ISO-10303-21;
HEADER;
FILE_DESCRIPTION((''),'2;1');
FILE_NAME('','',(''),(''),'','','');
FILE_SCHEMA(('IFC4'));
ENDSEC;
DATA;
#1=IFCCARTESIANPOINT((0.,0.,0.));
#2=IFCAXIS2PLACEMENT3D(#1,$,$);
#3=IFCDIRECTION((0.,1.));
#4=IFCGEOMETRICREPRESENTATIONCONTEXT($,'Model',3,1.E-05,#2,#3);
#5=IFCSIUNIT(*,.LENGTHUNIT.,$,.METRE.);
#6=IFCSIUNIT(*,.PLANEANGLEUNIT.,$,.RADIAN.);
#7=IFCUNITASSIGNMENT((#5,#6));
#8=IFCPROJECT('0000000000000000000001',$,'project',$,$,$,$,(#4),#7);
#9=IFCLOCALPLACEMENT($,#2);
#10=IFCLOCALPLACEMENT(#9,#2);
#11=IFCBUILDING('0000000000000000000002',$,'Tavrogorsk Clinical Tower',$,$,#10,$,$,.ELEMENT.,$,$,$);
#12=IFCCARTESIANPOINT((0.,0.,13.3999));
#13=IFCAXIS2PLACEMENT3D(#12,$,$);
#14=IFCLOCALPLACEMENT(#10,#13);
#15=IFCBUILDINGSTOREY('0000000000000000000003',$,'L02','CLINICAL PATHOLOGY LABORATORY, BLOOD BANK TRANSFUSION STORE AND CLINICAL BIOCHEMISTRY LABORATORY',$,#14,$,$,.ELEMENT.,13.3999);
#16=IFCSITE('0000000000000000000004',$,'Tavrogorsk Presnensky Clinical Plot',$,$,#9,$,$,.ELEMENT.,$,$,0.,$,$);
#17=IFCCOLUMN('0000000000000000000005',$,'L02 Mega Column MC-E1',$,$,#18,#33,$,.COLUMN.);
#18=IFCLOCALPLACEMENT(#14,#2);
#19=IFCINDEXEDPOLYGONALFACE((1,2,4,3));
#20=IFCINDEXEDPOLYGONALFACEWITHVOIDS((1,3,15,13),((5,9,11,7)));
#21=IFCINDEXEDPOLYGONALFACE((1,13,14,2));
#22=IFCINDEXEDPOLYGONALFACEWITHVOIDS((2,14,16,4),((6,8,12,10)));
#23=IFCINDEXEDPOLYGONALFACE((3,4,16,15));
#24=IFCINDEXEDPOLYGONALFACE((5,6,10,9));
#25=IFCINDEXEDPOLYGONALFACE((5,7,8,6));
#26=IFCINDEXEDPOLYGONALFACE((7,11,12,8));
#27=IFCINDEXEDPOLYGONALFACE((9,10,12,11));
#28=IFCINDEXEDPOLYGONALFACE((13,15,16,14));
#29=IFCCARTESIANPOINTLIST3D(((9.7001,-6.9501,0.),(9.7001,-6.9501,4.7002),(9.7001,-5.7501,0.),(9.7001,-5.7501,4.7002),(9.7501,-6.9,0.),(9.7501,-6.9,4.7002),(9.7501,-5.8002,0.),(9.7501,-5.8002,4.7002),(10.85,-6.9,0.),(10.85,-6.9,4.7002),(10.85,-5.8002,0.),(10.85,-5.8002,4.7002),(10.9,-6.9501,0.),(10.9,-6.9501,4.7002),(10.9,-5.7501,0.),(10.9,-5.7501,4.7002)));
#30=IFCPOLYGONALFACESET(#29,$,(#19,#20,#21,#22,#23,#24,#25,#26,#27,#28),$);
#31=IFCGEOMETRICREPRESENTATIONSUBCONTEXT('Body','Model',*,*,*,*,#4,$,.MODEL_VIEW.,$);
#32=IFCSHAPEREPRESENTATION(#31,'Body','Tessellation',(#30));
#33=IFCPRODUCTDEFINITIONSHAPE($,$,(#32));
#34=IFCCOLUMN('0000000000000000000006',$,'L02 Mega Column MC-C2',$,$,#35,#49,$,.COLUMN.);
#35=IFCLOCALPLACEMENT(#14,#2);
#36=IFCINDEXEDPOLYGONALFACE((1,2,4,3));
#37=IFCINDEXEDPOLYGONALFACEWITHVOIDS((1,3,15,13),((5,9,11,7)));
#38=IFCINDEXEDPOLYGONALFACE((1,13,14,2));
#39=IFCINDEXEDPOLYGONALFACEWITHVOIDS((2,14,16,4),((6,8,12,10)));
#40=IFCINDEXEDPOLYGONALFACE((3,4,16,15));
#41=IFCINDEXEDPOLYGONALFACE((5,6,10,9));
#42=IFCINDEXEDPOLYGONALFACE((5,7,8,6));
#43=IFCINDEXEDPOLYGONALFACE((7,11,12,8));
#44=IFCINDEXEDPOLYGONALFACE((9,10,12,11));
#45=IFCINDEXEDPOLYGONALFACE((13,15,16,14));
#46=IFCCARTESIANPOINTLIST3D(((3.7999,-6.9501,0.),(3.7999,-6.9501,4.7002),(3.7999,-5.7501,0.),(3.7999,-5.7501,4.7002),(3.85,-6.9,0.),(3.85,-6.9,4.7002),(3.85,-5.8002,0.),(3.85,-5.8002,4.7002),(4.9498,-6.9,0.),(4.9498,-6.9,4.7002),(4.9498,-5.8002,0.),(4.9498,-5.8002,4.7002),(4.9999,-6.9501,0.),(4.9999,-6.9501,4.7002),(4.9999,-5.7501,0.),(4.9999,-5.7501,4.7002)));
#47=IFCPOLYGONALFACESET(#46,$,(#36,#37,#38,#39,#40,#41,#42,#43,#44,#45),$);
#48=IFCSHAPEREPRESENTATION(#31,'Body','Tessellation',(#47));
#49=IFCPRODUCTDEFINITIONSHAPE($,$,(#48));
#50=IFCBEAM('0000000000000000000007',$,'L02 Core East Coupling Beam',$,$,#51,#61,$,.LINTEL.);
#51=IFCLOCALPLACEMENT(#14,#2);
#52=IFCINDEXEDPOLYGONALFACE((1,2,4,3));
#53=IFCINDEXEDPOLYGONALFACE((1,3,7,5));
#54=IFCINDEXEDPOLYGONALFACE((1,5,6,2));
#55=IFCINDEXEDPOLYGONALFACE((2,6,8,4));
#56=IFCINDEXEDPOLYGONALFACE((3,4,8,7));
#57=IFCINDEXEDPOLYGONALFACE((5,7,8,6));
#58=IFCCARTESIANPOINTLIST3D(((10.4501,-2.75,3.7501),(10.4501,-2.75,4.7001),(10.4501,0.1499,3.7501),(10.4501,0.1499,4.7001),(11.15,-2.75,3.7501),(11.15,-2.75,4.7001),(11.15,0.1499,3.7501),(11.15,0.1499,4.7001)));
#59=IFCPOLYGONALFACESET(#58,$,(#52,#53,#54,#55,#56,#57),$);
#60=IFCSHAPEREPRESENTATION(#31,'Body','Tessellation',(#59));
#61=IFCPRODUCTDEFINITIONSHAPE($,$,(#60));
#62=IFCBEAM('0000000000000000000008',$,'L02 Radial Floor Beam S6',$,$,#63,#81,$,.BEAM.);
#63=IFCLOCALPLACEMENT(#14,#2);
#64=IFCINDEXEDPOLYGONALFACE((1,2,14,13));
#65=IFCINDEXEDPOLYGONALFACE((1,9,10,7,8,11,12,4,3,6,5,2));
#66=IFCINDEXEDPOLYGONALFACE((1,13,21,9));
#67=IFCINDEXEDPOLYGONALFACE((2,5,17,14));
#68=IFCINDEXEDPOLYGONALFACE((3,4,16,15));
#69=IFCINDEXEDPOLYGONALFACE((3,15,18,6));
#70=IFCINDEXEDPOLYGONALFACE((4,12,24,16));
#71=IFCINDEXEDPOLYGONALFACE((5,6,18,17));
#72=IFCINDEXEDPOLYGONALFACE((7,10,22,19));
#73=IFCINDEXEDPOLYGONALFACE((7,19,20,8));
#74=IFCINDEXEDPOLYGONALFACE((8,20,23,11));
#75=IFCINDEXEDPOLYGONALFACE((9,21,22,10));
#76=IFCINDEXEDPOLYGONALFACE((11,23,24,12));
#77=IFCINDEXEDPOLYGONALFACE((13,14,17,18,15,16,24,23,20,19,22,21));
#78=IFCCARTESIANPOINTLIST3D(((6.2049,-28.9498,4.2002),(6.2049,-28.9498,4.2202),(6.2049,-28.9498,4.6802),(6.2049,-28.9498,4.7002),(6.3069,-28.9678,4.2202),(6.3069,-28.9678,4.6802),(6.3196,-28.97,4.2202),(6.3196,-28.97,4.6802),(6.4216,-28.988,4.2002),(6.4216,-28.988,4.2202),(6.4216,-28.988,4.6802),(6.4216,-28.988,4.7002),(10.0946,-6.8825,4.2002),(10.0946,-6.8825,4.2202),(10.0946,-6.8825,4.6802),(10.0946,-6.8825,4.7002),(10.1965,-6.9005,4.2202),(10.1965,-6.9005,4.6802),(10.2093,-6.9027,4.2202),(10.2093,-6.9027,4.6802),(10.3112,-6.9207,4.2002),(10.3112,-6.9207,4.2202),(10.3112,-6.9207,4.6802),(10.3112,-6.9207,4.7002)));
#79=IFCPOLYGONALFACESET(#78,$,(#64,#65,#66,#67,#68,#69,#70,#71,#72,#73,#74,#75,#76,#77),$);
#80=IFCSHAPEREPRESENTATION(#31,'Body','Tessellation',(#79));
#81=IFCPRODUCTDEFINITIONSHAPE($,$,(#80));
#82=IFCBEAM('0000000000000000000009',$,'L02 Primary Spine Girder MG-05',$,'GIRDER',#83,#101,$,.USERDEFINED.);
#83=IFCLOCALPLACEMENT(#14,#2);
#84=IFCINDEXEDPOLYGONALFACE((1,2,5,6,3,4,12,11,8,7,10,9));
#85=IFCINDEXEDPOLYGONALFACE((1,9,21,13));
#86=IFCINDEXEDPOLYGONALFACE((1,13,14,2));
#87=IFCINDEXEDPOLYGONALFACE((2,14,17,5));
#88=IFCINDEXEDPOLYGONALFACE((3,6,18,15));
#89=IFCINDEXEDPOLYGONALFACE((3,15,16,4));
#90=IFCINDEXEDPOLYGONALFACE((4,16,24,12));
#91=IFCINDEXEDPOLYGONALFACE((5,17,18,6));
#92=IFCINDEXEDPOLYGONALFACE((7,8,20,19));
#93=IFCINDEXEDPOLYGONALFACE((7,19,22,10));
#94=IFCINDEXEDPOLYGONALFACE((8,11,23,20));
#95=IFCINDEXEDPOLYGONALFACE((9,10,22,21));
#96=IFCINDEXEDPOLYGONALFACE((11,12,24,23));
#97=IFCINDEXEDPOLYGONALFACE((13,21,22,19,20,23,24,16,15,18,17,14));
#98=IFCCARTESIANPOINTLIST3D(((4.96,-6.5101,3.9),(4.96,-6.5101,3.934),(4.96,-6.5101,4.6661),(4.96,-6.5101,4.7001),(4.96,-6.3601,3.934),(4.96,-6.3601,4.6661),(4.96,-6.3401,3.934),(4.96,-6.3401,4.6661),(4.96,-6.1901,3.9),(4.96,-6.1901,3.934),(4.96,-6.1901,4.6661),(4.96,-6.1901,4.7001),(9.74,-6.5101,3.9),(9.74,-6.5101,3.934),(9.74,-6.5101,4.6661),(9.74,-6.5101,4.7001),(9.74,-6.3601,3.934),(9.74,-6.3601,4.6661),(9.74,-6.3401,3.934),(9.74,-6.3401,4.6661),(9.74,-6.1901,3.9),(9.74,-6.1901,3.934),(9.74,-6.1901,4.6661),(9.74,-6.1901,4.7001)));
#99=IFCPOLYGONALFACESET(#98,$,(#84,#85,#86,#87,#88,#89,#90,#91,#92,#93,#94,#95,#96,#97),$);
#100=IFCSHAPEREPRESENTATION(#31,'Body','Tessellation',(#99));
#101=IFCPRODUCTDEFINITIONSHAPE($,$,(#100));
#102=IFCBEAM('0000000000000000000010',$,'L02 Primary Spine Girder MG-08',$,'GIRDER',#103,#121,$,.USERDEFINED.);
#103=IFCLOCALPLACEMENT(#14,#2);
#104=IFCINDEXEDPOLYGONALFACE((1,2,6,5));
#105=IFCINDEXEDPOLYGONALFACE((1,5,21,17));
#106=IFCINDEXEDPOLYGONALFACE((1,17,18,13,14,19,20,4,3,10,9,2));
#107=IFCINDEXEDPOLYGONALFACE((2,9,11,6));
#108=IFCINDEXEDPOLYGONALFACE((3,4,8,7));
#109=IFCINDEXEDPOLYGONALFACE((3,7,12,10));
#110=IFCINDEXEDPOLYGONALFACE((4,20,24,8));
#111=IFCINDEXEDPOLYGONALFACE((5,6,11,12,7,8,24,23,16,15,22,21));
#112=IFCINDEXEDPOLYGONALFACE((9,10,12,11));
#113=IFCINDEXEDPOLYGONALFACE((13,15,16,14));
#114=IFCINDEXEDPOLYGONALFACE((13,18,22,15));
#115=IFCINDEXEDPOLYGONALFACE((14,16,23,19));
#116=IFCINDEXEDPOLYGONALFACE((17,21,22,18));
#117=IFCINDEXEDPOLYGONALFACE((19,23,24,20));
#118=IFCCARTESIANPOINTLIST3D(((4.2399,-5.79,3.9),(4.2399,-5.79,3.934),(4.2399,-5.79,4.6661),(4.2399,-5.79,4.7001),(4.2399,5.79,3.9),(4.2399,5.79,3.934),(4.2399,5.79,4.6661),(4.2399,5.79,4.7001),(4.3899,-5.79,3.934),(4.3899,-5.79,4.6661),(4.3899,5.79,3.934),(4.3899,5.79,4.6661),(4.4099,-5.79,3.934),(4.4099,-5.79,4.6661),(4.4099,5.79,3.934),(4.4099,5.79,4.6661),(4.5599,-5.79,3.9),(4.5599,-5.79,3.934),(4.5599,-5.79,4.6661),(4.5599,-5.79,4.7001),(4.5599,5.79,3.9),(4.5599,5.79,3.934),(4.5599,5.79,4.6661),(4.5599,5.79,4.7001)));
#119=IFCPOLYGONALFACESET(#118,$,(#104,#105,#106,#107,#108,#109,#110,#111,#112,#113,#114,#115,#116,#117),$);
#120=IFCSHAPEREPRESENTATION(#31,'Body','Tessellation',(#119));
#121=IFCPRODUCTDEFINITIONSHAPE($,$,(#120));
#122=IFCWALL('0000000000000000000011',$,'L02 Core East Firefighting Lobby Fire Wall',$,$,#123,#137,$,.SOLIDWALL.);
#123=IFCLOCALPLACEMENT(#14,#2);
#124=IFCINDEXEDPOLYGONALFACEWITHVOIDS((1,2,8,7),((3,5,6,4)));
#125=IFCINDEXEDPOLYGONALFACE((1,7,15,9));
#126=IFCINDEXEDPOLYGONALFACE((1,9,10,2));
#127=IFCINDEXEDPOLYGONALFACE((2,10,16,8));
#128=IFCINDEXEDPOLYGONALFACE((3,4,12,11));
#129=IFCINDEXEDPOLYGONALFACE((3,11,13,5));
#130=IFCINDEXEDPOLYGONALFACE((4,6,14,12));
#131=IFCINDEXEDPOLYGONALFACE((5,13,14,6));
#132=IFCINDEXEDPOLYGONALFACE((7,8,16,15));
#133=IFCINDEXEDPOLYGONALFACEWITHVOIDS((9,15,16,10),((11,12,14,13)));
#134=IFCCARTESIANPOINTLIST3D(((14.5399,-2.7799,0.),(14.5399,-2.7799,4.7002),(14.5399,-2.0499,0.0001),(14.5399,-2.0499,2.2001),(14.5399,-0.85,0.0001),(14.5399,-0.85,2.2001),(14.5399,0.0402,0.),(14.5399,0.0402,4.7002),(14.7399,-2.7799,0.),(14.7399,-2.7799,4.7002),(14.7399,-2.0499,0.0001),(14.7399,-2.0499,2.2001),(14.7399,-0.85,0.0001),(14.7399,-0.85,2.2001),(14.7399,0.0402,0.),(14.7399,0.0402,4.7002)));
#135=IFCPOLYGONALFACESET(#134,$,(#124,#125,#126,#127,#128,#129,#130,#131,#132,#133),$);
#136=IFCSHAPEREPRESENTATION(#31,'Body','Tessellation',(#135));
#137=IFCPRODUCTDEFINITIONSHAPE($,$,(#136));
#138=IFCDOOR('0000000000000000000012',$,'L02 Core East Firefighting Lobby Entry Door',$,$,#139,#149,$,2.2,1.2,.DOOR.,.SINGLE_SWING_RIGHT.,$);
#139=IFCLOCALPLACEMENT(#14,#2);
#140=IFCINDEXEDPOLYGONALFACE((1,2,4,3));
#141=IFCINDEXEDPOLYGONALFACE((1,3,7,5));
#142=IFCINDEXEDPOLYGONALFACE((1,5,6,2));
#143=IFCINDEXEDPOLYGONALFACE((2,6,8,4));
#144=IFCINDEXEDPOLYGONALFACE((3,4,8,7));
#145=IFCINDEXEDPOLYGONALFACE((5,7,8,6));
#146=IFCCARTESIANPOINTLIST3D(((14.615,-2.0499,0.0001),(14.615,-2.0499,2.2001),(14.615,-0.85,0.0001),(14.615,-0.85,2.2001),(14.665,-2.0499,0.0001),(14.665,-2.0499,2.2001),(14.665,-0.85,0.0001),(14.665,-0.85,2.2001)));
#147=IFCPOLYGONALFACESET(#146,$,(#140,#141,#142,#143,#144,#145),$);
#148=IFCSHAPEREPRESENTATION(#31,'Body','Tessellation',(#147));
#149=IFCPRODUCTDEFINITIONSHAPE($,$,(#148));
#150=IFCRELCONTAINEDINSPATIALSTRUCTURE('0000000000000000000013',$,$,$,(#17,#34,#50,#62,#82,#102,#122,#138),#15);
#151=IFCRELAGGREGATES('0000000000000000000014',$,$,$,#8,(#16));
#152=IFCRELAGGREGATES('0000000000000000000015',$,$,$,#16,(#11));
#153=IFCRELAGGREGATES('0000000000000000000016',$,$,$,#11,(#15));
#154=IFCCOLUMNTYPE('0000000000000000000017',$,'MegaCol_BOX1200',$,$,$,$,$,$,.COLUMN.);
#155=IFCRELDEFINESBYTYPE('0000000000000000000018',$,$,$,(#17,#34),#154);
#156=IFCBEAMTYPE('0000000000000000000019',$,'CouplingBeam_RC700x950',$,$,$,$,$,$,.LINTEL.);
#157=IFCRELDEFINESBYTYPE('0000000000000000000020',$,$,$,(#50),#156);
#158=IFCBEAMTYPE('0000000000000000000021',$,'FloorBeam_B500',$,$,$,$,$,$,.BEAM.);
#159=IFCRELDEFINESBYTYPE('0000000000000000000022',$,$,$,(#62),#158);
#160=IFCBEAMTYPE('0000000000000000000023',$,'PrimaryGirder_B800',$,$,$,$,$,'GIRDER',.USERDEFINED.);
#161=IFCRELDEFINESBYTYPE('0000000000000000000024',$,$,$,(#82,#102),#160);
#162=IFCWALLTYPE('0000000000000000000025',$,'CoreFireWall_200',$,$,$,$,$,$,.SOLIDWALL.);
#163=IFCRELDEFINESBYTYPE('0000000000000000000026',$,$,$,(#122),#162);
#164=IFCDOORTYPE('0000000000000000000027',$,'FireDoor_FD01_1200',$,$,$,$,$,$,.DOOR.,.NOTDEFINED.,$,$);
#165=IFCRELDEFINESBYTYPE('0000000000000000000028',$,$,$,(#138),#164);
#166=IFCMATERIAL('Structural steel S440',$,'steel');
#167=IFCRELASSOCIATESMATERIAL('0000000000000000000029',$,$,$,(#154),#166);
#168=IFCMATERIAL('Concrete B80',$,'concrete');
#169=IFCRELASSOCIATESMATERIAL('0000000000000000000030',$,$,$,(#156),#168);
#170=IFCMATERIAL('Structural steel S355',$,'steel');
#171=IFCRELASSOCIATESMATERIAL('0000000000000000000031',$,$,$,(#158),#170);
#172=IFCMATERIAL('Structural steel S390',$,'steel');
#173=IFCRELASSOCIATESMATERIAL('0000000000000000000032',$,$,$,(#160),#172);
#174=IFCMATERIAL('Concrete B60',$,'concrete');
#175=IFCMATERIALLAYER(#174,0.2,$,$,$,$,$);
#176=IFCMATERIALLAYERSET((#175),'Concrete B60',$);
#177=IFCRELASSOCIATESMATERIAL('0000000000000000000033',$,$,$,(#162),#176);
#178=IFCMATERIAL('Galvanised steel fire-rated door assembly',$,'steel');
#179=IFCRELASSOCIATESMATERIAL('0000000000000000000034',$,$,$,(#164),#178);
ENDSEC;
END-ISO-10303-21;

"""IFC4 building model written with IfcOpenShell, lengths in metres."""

from ifc_helpers import new_model, si_unit, direction, frame, frame_2d, origin, origin_2d, place, context, subcontext, project, spatial, rectangle, hollow_rectangle, i_section, extrude, material, layer, layer_set, material_profile, profile_set, type_object, element, fill, save


model = new_model("IFC4")

# Units and contexts
model_context = context("Model", 3, precision=1e-05, world=origin(), true_north=direction((0.0, 1.0)))
body_context = subcontext(model_context, "Body", "Model", "MODEL_VIEW")
ifc_project = project(units=[si_unit("LENGTHUNIT", "METRE"), si_unit("PLANEANGLEUNIT", "RADIAN")], contexts=[model_context])

# Site, building, storey
site_placement = place(None, origin())
site = spatial("IfcSite", under=ifc_project, at=site_placement, Name="Tavrogorsk Presnensky Clinical Plot", CompositionType="ELEMENT", RefElevation=0.0)
building_placement = place(site_placement, origin())
building = spatial("IfcBuilding", under=site, at=building_placement, Name="Tavrogorsk Clinical Tower", CompositionType="ELEMENT")
storey_placement = place(building_placement, frame((0.0, 0.0, 13.3999)))
storey = spatial("IfcBuildingStorey", under=building, at=storey_placement, Name="L02", Description="CLINICAL PATHOLOGY LABORATORY, BLOOD BANK TRANSFUSION STORE AND CLINICAL BIOCHEMISTRY LABORATORY", CompositionType="ELEMENT", Elevation=13.3999)

# Columns
ifc_material_1 = material(Name="Structural steel S440", Category="steel")
ifc_material_profile_1 = material_profile(ifc_material_1, hollow_rectangle(XDim=1.2, YDim=1.2, WallThickness=0.05, at=origin_2d()), Name="BOX-1200x1200x50")
ifc_profile_set_1 = profile_set([ifc_material_profile_1], Name="Structural steel S440")
column_type = type_object("IfcColumnType", Name="MegaCol_BOX1200", PredefinedType="COLUMN", material=ifc_profile_set_1)
for number, where, z_axis, x_axis, name in (
    (1, (10.3, -6.3501, 0.0), (0.0, 0.0, 1.0), (1.0, 0.0, 0.0), "L02 Mega Column MC-E1"),
    (2, (4.3999, -6.3501, 0.0), (0.0, 0.0, 1.0), (1.0, 0.0, 0.0), "L02 Mega Column MC-C2"),
):
    element("IfcColumn", number, at=place(storey_placement, frame(where, z_axis=z_axis, x_axis=x_axis)), inside=storey, type_object=column_type, Name=name, PredefinedType="COLUMN", context=body_context, shape_type="SweptSolid", body=[
        extrude(hollow_rectangle(XDim=1.2, YDim=1.2, WallThickness=0.05, at=origin_2d()), origin(), (0.0, 0.0, 1.0), 4.7002),
    ])

# Beams
ifc_material_2 = material(Name="Concrete B80", Category="concrete")
ifc_material_profile_2 = material_profile(ifc_material_2, rectangle(XDim=0.7, YDim=0.95, at=origin_2d()), Name="RC-CB-700x950")
ifc_profile_set_2 = profile_set([ifc_material_profile_2], Name="Concrete B80")
beam_type_1 = type_object("IfcBeamType", Name="CouplingBeam_RC700x950", PredefinedType="LINTEL", material=ifc_profile_set_2)
beam_1_placement = place(storey_placement, frame((10.8, -2.75, 4.2251), z_axis=(0.0, 1.0, 0.0), x_axis=(-1.0, 0.0, 0.0)))
element("IfcBeam", 3, at=beam_1_placement, inside=storey, type_object=beam_type_1, Name="L02 Core East Coupling Beam", PredefinedType="LINTEL", context=body_context, shape_type="SweptSolid", body=[
    extrude(rectangle(XDim=0.7, YDim=0.95, at=origin_2d()), origin(), (0.0, 0.0, 1.0), 2.8999),
])
ifc_material_3 = material(Name="Structural steel S355", Category="steel")
ifc_material_profile_3 = material_profile(ifc_material_3, i_section(OverallWidth=0.22, OverallDepth=0.5, WebThickness=0.0129, FlangeThickness=0.02, at=origin_2d()), Name="B-500x220x13x20")
ifc_profile_set_3 = profile_set([ifc_material_profile_3], Name="Structural steel S355")
beam_type_2 = type_object("IfcBeamType", Name="FloorBeam_B500", PredefinedType="BEAM", material=ifc_profile_set_3)
beam_2_placement = place(storey_placement, frame((10.2029, -6.9016, 4.4502), z_axis=(-0.173586, -0.984819, 0.0), x_axis=(0.984819, -0.173586, 0.0)))
element("IfcBeam", 4, at=beam_2_placement, inside=storey, type_object=beam_type_2, Name="L02 Radial Floor Beam S6", PredefinedType="BEAM", context=body_context, shape_type="SweptSolid", body=[
    extrude(i_section(OverallWidth=0.22, OverallDepth=0.5, WebThickness=0.0129, FlangeThickness=0.02, at=origin_2d()), origin(), (0.0, 0.0, 1.0), 22.4075),
])
ifc_material_4 = material(Name="Structural steel S390", Category="steel")
ifc_material_profile_4 = material_profile(ifc_material_4, i_section(OverallWidth=0.3201, OverallDepth=0.8, WebThickness=0.02, FlangeThickness=0.0339, at=origin_2d()), Name="B-800x320x20x34")
ifc_profile_set_4 = profile_set([ifc_material_profile_4], Name="Structural steel S390")
beam_type_3 = type_object("IfcBeamType", Name="PrimaryGirder_B800", ElementType="GIRDER", PredefinedType="USERDEFINED", material=ifc_profile_set_4)
beam_3_placement = place(storey_placement, frame((4.96, -6.3501, 4.3), z_axis=(1.0, 0.0, 0.0), x_axis=(0.0, 1.0, 0.0)))
element("IfcBeam", 5, at=beam_3_placement, inside=storey, type_object=beam_type_3, Name="L02 Primary Spine Girder MG-05", ObjectType="GIRDER", PredefinedType="USERDEFINED", context=body_context, shape_type="SweptSolid", body=[
    extrude(i_section(OverallWidth=0.3201, OverallDepth=0.8, WebThickness=0.02, FlangeThickness=0.0339, at=origin_2d()), origin(), (0.0, 0.0, 1.0), 4.78),
])
beam_4_placement = place(storey_placement, frame((4.3999, -5.79, 4.3), z_axis=(0.0, 1.0, 0.0), x_axis=(-1.0, 0.0, 0.0)))
element("IfcBeam", 6, at=beam_4_placement, inside=storey, type_object=beam_type_3, Name="L02 Primary Spine Girder MG-08", ObjectType="GIRDER", PredefinedType="USERDEFINED", context=body_context, shape_type="SweptSolid", body=[
    extrude(i_section(OverallWidth=0.3201, OverallDepth=0.8, WebThickness=0.02, FlangeThickness=0.0339, at=origin_2d()), origin(), (0.0, 0.0, 1.0), 11.5801),
])

# Wall, opening, door
ifc_material_5 = material(Name="Concrete B60", Category="concrete")
ifc_layer_1 = layer(ifc_material_5, 0.2)
ifc_layer_set_1 = layer_set([ifc_layer_1], Name="Concrete B60")
wall_type_1 = type_object("IfcWallType", Name="CoreFireWall_200", PredefinedType="SOLIDWALL", material=ifc_layer_set_1)
wall_1_placement = place(storey_placement, frame((14.6399, -2.78, 0.0), z_axis=(0.0, 0.0, 1.0), x_axis=(0.0, 1.0, 0.0)))
wall_1 = element("IfcWall", 7, at=wall_1_placement, inside=storey, type_object=wall_type_1, Name="L02 Core East Firefighting Lobby Fire Wall", PredefinedType="SOLIDWALL", context=body_context, shape_type="SweptSolid", body=[
    extrude(rectangle(XDim=2.8201, YDim=0.2, at=frame_2d((1.4102, 0.0))), origin(), (0.0, 0.0, 1.0), 4.7002),
])
opening_1_placement = place(wall_1_placement, frame((0.73, 0.0, 0.0)))
opening_1 = element("IfcOpeningElement", 8, at=opening_1_placement, cuts=wall_1, PredefinedType="OPENING", context=body_context, shape_type="SweptSolid", body=[
    extrude(rectangle(XDim=1.2, YDim=2.2, at=frame_2d((0.6001, 1.1001))), frame((0.0, 0.1099, 0.0), z_axis=(0.0, -1.0, 0.0), x_axis=(1.0, 0.0, 0.0)), (0.0, 0.0, 1.0), 0.22),
])
ifc_material_6 = material(Name="Galvanised steel fire-rated door assembly", Category="steel")
door_type_1 = type_object("IfcDoorType", Name="FireDoor_FD01_1200", OperationType="NOTDEFINED", PredefinedType="DOOR", material=ifc_material_6)
door_1_placement = place(opening_1_placement, origin())
door_1 = element("IfcDoor", 9, at=door_1_placement, inside=storey, type_object=door_type_1, Name="L02 Core East Firefighting Lobby Entry Door", OperationType="SINGLE_SWING_RIGHT", OverallHeight=2.2, OverallWidth=1.2, PredefinedType="DOOR", context=body_context, shape_type="SweptSolid", body=[
    extrude(rectangle(XDim=1.2, YDim=2.2, at=frame_2d((0.6001, 1.1001))), frame((0.0, 0.0249, 0.0), z_axis=(0.0, -1.0, 0.0), x_axis=(1.0, 0.0, 0.0)), (0.0, 0.0, 1.0), 0.05),
])
fill(opening_1, door_1)

save(model, "model.ifc")
